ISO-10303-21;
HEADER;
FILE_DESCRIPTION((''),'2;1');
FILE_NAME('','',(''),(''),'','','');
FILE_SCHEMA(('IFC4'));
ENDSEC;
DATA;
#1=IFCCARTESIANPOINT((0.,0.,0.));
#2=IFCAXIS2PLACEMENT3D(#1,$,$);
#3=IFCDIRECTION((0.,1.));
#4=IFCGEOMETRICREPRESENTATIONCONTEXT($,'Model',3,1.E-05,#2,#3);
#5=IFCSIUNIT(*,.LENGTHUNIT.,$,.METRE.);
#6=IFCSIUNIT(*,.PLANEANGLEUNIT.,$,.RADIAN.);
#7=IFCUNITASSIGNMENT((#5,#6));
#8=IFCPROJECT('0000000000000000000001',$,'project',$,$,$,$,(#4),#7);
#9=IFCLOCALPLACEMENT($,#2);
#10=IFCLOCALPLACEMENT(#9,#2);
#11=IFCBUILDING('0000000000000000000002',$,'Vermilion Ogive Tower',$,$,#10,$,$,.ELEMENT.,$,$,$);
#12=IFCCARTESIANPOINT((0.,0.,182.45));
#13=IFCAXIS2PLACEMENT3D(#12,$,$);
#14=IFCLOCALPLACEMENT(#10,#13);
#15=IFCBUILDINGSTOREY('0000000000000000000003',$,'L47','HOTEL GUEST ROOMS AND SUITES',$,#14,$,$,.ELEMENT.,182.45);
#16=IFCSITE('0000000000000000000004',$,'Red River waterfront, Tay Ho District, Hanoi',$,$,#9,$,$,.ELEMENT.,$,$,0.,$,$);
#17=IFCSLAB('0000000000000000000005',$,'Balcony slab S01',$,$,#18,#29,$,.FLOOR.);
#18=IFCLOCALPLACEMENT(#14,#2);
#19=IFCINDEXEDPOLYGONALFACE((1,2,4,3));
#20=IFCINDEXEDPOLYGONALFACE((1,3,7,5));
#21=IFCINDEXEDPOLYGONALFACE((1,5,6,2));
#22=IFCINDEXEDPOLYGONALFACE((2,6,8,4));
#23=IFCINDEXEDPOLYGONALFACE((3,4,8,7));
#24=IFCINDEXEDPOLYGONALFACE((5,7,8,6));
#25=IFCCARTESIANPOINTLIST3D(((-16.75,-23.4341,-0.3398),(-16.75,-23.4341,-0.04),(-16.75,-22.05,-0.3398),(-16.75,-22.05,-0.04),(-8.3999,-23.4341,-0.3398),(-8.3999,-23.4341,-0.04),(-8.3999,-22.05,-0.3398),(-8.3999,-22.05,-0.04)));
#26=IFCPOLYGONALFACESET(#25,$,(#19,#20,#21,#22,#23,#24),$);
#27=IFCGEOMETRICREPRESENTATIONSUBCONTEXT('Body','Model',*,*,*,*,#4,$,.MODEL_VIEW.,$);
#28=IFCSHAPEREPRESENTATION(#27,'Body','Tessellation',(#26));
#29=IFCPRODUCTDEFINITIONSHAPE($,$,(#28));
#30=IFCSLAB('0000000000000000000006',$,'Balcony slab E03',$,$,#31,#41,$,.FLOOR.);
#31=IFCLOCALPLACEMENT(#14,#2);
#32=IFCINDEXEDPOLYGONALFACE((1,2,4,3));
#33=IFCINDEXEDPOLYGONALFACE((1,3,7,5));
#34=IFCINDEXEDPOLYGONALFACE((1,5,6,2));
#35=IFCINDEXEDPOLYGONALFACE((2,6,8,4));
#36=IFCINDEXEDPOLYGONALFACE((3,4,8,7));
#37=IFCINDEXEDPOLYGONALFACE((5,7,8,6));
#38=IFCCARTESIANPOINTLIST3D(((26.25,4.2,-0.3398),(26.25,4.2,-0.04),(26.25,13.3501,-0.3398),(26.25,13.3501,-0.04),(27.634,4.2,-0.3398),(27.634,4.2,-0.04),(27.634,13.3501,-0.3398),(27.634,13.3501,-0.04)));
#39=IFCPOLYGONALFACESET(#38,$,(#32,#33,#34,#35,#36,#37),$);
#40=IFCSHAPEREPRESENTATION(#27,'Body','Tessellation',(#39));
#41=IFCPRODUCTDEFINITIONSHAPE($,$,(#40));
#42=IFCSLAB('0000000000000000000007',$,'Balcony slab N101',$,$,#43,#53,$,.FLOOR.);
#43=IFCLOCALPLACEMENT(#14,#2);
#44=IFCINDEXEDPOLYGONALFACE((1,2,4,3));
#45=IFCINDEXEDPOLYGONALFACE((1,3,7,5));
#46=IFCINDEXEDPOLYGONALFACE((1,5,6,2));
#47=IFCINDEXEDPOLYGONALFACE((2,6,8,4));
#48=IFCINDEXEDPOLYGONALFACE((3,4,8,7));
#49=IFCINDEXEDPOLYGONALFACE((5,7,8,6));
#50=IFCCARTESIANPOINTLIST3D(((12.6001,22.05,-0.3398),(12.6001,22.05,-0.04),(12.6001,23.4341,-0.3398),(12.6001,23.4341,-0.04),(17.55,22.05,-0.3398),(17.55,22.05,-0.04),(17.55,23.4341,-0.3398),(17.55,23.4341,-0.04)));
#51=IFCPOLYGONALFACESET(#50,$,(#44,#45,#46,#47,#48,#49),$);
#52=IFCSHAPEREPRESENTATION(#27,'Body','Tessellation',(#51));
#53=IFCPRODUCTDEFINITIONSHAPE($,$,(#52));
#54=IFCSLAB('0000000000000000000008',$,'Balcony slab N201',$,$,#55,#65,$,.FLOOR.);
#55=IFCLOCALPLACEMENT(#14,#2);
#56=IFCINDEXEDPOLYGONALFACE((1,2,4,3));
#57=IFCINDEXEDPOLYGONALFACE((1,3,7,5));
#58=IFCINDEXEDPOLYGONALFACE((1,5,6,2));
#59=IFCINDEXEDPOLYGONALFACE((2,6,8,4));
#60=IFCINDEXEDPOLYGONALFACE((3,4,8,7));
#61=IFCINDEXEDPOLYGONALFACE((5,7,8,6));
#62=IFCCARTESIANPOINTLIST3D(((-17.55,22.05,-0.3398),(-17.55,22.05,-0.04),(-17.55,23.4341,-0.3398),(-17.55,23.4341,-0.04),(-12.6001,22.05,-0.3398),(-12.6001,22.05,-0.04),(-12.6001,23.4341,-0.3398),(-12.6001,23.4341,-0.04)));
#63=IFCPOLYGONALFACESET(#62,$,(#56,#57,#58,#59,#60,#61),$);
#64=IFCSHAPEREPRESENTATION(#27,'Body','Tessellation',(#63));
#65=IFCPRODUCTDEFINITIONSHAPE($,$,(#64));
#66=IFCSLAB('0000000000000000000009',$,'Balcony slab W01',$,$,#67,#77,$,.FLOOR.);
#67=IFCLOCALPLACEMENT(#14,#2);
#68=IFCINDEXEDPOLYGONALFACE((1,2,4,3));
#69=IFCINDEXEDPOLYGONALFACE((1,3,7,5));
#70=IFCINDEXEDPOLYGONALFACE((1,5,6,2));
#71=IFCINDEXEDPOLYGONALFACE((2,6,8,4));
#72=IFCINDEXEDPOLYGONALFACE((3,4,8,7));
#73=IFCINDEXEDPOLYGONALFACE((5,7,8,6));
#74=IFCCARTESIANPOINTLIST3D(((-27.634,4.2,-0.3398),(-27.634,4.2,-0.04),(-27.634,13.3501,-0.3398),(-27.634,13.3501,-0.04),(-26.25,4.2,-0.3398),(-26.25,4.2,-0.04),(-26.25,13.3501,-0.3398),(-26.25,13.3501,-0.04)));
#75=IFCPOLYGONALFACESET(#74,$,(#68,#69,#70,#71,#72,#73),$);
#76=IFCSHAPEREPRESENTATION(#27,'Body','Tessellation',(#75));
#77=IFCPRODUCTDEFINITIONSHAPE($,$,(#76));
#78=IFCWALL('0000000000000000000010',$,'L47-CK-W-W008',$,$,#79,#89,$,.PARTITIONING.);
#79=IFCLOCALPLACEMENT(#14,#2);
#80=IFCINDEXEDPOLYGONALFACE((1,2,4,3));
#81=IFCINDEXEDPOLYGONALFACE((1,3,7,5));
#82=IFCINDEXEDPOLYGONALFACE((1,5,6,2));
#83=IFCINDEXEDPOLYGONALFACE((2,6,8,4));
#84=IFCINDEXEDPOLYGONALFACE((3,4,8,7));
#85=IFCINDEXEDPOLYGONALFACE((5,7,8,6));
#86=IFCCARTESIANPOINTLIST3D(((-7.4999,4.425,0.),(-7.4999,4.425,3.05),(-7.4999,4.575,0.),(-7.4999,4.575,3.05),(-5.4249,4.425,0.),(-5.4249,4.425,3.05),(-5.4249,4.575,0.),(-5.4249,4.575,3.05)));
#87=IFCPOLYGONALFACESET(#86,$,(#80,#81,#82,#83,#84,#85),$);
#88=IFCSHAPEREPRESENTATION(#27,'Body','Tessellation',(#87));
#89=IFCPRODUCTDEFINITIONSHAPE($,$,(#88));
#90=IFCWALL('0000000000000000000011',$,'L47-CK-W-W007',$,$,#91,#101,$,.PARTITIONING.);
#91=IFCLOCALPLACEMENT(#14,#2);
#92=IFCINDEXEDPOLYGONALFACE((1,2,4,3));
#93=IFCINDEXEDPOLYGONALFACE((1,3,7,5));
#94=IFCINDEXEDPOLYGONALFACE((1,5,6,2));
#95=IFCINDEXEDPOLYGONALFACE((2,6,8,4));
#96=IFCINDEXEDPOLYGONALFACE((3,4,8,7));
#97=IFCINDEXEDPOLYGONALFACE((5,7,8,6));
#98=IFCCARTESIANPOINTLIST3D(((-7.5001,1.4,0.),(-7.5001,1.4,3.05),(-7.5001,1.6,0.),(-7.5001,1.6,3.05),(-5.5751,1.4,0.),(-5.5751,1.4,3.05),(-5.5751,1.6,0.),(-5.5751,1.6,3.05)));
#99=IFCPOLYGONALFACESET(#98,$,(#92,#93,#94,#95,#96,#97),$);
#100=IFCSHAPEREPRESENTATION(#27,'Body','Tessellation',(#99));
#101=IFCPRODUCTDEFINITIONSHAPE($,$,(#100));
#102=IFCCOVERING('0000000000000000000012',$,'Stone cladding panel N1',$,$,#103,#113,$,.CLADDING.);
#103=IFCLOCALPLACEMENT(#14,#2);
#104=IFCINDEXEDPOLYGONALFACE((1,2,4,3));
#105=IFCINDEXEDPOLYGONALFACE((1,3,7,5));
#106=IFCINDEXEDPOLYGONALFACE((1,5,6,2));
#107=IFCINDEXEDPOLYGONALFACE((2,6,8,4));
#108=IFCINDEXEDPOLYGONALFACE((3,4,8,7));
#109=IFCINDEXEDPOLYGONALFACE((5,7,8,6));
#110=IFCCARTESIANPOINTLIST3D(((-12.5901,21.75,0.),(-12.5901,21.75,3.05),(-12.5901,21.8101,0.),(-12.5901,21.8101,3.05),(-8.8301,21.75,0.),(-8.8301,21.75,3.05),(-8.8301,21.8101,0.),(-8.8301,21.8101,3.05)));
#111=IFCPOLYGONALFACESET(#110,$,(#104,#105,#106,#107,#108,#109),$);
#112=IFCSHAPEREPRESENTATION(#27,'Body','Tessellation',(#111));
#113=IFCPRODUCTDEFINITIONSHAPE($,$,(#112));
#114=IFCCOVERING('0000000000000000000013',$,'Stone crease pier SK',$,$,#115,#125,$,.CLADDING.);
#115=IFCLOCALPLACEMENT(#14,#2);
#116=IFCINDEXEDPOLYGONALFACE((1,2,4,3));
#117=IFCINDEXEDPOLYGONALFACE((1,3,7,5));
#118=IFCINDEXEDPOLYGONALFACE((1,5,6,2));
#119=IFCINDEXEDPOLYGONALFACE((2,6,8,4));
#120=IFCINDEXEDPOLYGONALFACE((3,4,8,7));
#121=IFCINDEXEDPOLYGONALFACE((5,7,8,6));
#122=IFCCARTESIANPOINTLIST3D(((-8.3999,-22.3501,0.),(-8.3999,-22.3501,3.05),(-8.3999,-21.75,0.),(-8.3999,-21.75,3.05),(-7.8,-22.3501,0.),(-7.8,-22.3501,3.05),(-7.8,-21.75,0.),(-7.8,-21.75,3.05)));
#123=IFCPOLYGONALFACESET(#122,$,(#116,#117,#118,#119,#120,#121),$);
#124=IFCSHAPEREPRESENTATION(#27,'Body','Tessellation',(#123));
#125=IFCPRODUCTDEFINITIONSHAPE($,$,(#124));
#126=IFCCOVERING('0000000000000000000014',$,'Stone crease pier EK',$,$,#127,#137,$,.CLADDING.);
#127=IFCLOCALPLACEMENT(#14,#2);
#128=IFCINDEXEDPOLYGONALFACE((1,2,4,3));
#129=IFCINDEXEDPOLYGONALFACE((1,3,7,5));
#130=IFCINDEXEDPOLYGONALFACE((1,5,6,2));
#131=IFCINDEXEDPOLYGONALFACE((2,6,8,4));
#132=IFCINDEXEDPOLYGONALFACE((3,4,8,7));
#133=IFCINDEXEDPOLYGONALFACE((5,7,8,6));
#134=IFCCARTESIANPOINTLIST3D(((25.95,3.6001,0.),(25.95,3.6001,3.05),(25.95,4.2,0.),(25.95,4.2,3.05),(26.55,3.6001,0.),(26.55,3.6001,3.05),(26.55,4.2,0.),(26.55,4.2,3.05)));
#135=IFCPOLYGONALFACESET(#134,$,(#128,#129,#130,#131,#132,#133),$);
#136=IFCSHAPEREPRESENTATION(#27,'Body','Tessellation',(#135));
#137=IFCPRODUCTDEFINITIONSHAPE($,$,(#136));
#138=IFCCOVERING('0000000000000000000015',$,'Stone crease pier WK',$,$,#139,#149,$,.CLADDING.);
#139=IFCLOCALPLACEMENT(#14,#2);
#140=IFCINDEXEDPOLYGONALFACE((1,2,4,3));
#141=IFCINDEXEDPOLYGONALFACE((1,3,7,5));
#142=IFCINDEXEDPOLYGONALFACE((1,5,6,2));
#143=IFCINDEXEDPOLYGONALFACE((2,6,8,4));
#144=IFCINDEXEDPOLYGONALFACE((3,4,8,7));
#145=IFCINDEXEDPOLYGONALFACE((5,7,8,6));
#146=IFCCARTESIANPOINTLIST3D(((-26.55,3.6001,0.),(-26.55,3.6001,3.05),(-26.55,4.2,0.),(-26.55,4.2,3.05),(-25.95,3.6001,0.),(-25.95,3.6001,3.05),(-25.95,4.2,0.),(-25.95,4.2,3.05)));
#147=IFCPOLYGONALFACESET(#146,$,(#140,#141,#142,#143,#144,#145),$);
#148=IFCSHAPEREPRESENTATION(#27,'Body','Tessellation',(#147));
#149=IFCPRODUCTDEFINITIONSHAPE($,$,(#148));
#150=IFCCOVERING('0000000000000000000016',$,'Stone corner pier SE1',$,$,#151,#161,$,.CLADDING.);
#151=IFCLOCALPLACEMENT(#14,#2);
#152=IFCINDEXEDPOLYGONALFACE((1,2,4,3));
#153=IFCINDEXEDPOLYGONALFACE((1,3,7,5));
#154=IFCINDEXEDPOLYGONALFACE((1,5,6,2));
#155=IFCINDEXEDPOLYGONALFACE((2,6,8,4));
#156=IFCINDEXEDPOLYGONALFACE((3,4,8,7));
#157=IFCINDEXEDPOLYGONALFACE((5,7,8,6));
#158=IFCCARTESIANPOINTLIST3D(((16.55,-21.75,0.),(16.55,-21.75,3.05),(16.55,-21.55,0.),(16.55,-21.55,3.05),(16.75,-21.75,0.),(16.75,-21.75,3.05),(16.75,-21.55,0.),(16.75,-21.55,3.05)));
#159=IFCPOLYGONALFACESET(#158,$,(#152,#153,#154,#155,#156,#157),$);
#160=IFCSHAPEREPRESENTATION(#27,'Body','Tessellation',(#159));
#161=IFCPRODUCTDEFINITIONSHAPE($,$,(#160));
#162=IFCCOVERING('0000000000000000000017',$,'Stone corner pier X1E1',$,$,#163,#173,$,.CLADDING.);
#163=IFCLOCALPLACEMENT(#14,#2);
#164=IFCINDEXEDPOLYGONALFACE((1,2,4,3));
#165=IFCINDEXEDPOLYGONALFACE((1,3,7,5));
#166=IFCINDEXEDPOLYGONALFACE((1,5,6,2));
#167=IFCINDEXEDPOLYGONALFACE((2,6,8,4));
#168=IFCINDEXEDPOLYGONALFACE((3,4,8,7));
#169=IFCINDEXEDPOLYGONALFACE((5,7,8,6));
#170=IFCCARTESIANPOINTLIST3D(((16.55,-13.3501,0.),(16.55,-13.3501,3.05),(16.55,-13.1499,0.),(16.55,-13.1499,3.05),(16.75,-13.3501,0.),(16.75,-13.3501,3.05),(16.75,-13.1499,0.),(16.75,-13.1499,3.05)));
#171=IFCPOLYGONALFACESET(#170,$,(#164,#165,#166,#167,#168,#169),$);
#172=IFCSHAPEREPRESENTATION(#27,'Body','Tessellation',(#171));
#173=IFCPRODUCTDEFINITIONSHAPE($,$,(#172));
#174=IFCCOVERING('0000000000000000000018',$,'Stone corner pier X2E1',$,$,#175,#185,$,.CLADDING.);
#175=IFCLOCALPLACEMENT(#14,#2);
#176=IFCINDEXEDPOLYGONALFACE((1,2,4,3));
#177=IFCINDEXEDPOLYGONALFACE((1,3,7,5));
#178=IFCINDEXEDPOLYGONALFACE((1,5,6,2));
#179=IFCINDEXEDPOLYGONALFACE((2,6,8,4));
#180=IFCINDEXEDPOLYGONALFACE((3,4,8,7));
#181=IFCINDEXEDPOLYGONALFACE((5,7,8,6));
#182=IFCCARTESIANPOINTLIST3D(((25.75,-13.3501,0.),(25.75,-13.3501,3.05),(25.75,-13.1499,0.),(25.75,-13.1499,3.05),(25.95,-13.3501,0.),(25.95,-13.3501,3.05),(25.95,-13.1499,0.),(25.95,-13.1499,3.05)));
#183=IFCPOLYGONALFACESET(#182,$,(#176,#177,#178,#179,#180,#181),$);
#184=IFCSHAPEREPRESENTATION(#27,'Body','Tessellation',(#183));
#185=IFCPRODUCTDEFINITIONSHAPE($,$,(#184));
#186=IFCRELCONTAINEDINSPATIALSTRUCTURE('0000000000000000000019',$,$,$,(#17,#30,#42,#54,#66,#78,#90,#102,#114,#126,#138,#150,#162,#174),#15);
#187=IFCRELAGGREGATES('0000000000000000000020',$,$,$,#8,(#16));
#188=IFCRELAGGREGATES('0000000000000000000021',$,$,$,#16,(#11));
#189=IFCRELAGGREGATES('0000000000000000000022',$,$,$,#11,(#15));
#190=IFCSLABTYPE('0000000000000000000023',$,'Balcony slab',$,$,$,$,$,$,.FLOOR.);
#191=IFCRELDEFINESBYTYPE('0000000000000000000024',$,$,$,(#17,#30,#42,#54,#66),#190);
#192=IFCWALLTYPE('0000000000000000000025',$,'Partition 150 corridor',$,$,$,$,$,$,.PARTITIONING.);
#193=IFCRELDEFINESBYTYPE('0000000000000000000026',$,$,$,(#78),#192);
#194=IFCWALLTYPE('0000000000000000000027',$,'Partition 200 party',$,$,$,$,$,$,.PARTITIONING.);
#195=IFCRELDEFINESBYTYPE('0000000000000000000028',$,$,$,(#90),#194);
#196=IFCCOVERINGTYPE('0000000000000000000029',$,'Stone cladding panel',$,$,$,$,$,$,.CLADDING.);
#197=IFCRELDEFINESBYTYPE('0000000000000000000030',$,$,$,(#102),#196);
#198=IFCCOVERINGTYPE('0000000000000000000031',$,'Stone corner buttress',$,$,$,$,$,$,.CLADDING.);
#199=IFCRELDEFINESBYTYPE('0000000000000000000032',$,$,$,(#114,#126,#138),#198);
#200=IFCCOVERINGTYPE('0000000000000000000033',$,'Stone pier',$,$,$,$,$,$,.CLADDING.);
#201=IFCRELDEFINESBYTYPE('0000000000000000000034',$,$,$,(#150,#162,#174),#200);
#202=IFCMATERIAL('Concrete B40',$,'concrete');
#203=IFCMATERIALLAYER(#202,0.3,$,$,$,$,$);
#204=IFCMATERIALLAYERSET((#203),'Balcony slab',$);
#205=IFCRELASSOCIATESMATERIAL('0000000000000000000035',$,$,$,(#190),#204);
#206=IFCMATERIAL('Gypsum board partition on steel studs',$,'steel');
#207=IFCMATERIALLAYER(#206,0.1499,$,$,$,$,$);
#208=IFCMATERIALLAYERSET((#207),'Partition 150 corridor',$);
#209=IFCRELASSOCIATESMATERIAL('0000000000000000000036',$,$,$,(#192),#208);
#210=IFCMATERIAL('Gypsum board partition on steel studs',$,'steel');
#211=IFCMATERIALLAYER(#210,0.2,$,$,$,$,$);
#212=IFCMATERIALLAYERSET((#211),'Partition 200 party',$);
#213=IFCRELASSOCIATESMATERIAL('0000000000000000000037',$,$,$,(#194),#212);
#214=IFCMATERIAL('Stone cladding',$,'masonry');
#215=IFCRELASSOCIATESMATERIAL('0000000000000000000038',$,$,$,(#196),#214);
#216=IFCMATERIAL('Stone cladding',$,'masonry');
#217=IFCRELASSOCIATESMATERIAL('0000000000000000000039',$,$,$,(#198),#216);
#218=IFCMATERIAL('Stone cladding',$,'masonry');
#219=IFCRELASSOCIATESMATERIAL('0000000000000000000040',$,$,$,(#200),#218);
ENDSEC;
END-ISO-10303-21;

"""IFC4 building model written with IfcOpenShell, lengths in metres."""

from ifc_helpers import new_model, si_unit, direction, frame, frame_2d, origin, place, context, subcontext, project, spatial, polyline, rectangle, outline, extrude, material, layer, layer_set, type_object, element, save


model = new_model("IFC4")

# Units and contexts
model_context = context("Model", 3, precision=1e-05, world=origin(), true_north=direction((0.0, 1.0)))
body_context = subcontext(model_context, "Body", "Model", "MODEL_VIEW")
ifc_project = project(units=[si_unit("LENGTHUNIT", "METRE"), si_unit("PLANEANGLEUNIT", "RADIAN")], contexts=[model_context])

# Site, building, storey
site_placement = place(None, origin())
site = spatial("IfcSite", under=ifc_project, at=site_placement, Name="Red River waterfront, Tay Ho District, Hanoi", CompositionType="ELEMENT", RefElevation=0.0)
building_placement = place(site_placement, origin())
building = spatial("IfcBuilding", under=site, at=building_placement, Name="Vermilion Ogive Tower", CompositionType="ELEMENT")
storey_placement = place(building_placement, frame((0.0, 0.0, 182.45)))
storey = spatial("IfcBuildingStorey", under=building, at=storey_placement, Name="L47", Description="HOTEL GUEST ROOMS AND SUITES", CompositionType="ELEMENT", Elevation=182.45)

# Slabs
ifc_material_1 = material(Name="Concrete B40", Category="concrete")
ifc_layer_1 = layer(ifc_material_1, 0.3)
ifc_layer_set_1 = layer_set([ifc_layer_1], Name="Balcony slab")
slab_type = type_object("IfcSlabType", Name="Balcony slab", PredefinedType="FLOOR", material=ifc_layer_set_1)
slab_1_placement = place(storey_placement, frame((0.0, 0.0, -0.3398)))
element("IfcSlab", 1, at=slab_1_placement, inside=storey, type_object=slab_type, Name="Balcony slab S01", PredefinedType="FLOOR", context=body_context, shape_type="SweptSolid", body=[
    extrude(outline(polyline([(-16.75, -23.4341), (-8.3999, -23.4341), (-8.3999, -22.05), (-16.75, -22.05), (-16.75, -23.4341)])), origin(), (0.0, 0.0, 1.0), 0.2998),
])
slab_2_placement = place(storey_placement, frame((0.0, 0.0, -0.3398)))
element("IfcSlab", 2, at=slab_2_placement, inside=storey, type_object=slab_type, Name="Balcony slab E03", PredefinedType="FLOOR", context=body_context, shape_type="SweptSolid", body=[
    extrude(outline(polyline([(27.634, 4.2), (27.634, 13.3501), (26.25, 13.3501), (26.25, 4.2), (27.634, 4.2)])), origin(), (0.0, 0.0, 1.0), 0.2998),
])
slab_3_placement = place(storey_placement, frame((0.0, 0.0, -0.3398)))
element("IfcSlab", 3, at=slab_3_placement, inside=storey, type_object=slab_type, Name="Balcony slab N101", PredefinedType="FLOOR", context=body_context, shape_type="SweptSolid", body=[
    extrude(outline(polyline([(17.55, 23.4341), (12.6001, 23.4341), (12.6001, 22.05), (17.55, 22.05), (17.55, 23.4341)])), origin(), (0.0, 0.0, 1.0), 0.2998),
])
slab_4_placement = place(storey_placement, frame((0.0, 0.0, -0.3398)))
element("IfcSlab", 4, at=slab_4_placement, inside=storey, type_object=slab_type, Name="Balcony slab N201", PredefinedType="FLOOR", context=body_context, shape_type="SweptSolid", body=[
    extrude(outline(polyline([(-12.6001, 23.4341), (-17.55, 23.4341), (-17.55, 22.05), (-12.6001, 22.05), (-12.6001, 23.4341)])), origin(), (0.0, 0.0, 1.0), 0.2998),
])
slab_5_placement = place(storey_placement, frame((0.0, 0.0, -0.3398)))
element("IfcSlab", 5, at=slab_5_placement, inside=storey, type_object=slab_type, Name="Balcony slab W01", PredefinedType="FLOOR", context=body_context, shape_type="SweptSolid", body=[
    extrude(outline(polyline([(-27.634, 13.3501), (-27.634, 4.2), (-26.25, 4.2), (-26.25, 13.3501), (-27.634, 13.3501)])), origin(), (0.0, 0.0, 1.0), 0.2998),
])

# Walls
ifc_material_2 = material(Name="Gypsum board partition on steel studs", Category="steel")
ifc_layer_2 = layer(ifc_material_2, 0.1499)
ifc_layer_set_2 = layer_set([ifc_layer_2], Name="Partition 150 corridor")
wall_type_1 = type_object("IfcWallType", Name="Partition 150 corridor", PredefinedType="PARTITIONING", material=ifc_layer_set_2)
wall_1_placement = place(storey_placement, frame((-7.5, 4.5, 0.0), z_axis=(0.0, 0.0, 1.0), x_axis=(1.0, 0.0, 0.0)))
element("IfcWall", 6, at=wall_1_placement, inside=storey, type_object=wall_type_1, Name="L47-CK-W-W008", PredefinedType="PARTITIONING", context=body_context, shape_type="SweptSolid", body=[
    extrude(rectangle(XDim=2.075, YDim=0.1499, at=frame_2d((1.0376, 0.0))), origin(), (0.0, 0.0, 1.0), 3.05),
])
ifc_material_3 = material(Name="Gypsum board partition on steel studs", Category="steel")
ifc_layer_3 = layer(ifc_material_3, 0.2)
ifc_layer_set_3 = layer_set([ifc_layer_3], Name="Partition 200 party")
wall_type_2 = type_object("IfcWallType", Name="Partition 200 party", PredefinedType="PARTITIONING", material=ifc_layer_set_3)
wall_2_placement = place(storey_placement, frame((-7.5, 1.5, 0.0), z_axis=(0.0, 0.0, 1.0), x_axis=(1.0, 0.0, 0.0)))
element("IfcWall", 7, at=wall_2_placement, inside=storey, type_object=wall_type_2, Name="L47-CK-W-W007", PredefinedType="PARTITIONING", context=body_context, shape_type="SweptSolid", body=[
    extrude(rectangle(XDim=1.925, YDim=0.2, at=frame_2d((0.9624, 0.0))), origin(), (0.0, 0.0, 1.0), 3.05),
])

# Coverings
ifc_material_4 = material(Name="Stone cladding", Category="masonry")
covering_type_1 = type_object("IfcCoveringType", Name="Stone cladding panel", PredefinedType="CLADDING", material=ifc_material_4)
covering_1_placement = place(storey_placement, origin())
element("IfcCovering", 8, at=covering_1_placement, inside=storey, type_object=covering_type_1, Name="Stone cladding panel N1", PredefinedType="CLADDING", context=body_context, shape_type="SweptSolid", body=[
    extrude(outline(polyline([(-12.5901, 21.75), (-8.8301, 21.75), (-8.8301, 21.8101), (-12.5901, 21.8101), (-12.5901, 21.75)])), origin(), (0.0, 0.0, 1.0), 3.05),
])
ifc_material_5 = material(Name="Stone cladding", Category="masonry")
covering_type_2 = type_object("IfcCoveringType", Name="Stone corner buttress", PredefinedType="CLADDING", material=ifc_material_5)
covering_2_placement = place(storey_placement, origin())
element("IfcCovering", 9, at=covering_2_placement, inside=storey, type_object=covering_type_2, Name="Stone crease pier SK", PredefinedType="CLADDING", context=body_context, shape_type="SweptSolid", body=[
    extrude(outline(polyline([(-8.3999, -22.3501), (-7.8, -22.3501), (-7.8, -21.75), (-8.3999, -21.75), (-8.3999, -22.3501)])), origin(), (0.0, 0.0, 1.0), 3.05),
])
covering_3_placement = place(storey_placement, origin())
element("IfcCovering", 10, at=covering_3_placement, inside=storey, type_object=covering_type_2, Name="Stone crease pier EK", PredefinedType="CLADDING", context=body_context, shape_type="SweptSolid", body=[
    extrude(outline(polyline([(26.55, 3.6001), (26.55, 4.2), (25.95, 4.2), (25.95, 3.6001), (26.55, 3.6001)])), origin(), (0.0, 0.0, 1.0), 3.05),
])
covering_4_placement = place(storey_placement, origin())
element("IfcCovering", 11, at=covering_4_placement, inside=storey, type_object=covering_type_2, Name="Stone crease pier WK", PredefinedType="CLADDING", context=body_context, shape_type="SweptSolid", body=[
    extrude(outline(polyline([(-26.55, 4.2), (-26.55, 3.6001), (-25.95, 3.6001), (-25.95, 4.2), (-26.55, 4.2)])), origin(), (0.0, 0.0, 1.0), 3.05),
])
ifc_material_6 = material(Name="Stone cladding", Category="masonry")
covering_type_3 = type_object("IfcCoveringType", Name="Stone pier", PredefinedType="CLADDING", material=ifc_material_6)
covering_5_placement = place(storey_placement, origin())
element("IfcCovering", 12, at=covering_5_placement, inside=storey, type_object=covering_type_3, Name="Stone corner pier SE1", PredefinedType="CLADDING", context=body_context, shape_type="SweptSolid", body=[
    extrude(outline(polyline([(16.55, -21.55), (16.75, -21.55), (16.75, -21.75), (16.55, -21.75), (16.55, -21.55)])), origin(), (0.0, 0.0, 1.0), 3.05),
])
covering_6_placement = place(storey_placement, origin())
element("IfcCovering", 13, at=covering_6_placement, inside=storey, type_object=covering_type_3, Name="Stone corner pier X1E1", PredefinedType="CLADDING", context=body_context, shape_type="SweptSolid", body=[
    extrude(outline(polyline([(16.55, -13.1499), (16.75, -13.1499), (16.75, -13.3501), (16.55, -13.3501), (16.55, -13.1499)])), origin(), (0.0, 0.0, 1.0), 3.05),
])
covering_7_placement = place(storey_placement, origin())
element("IfcCovering", 14, at=covering_7_placement, inside=storey, type_object=covering_type_3, Name="Stone corner pier X2E1", PredefinedType="CLADDING", context=body_context, shape_type="SweptSolid", body=[
    extrude(outline(polyline([(25.75, -13.1499), (25.95, -13.1499), (25.95, -13.3501), (25.75, -13.3501), (25.75, -13.1499)])), origin(), (0.0, 0.0, 1.0), 3.05),
])

save(model, "model.ifc")
